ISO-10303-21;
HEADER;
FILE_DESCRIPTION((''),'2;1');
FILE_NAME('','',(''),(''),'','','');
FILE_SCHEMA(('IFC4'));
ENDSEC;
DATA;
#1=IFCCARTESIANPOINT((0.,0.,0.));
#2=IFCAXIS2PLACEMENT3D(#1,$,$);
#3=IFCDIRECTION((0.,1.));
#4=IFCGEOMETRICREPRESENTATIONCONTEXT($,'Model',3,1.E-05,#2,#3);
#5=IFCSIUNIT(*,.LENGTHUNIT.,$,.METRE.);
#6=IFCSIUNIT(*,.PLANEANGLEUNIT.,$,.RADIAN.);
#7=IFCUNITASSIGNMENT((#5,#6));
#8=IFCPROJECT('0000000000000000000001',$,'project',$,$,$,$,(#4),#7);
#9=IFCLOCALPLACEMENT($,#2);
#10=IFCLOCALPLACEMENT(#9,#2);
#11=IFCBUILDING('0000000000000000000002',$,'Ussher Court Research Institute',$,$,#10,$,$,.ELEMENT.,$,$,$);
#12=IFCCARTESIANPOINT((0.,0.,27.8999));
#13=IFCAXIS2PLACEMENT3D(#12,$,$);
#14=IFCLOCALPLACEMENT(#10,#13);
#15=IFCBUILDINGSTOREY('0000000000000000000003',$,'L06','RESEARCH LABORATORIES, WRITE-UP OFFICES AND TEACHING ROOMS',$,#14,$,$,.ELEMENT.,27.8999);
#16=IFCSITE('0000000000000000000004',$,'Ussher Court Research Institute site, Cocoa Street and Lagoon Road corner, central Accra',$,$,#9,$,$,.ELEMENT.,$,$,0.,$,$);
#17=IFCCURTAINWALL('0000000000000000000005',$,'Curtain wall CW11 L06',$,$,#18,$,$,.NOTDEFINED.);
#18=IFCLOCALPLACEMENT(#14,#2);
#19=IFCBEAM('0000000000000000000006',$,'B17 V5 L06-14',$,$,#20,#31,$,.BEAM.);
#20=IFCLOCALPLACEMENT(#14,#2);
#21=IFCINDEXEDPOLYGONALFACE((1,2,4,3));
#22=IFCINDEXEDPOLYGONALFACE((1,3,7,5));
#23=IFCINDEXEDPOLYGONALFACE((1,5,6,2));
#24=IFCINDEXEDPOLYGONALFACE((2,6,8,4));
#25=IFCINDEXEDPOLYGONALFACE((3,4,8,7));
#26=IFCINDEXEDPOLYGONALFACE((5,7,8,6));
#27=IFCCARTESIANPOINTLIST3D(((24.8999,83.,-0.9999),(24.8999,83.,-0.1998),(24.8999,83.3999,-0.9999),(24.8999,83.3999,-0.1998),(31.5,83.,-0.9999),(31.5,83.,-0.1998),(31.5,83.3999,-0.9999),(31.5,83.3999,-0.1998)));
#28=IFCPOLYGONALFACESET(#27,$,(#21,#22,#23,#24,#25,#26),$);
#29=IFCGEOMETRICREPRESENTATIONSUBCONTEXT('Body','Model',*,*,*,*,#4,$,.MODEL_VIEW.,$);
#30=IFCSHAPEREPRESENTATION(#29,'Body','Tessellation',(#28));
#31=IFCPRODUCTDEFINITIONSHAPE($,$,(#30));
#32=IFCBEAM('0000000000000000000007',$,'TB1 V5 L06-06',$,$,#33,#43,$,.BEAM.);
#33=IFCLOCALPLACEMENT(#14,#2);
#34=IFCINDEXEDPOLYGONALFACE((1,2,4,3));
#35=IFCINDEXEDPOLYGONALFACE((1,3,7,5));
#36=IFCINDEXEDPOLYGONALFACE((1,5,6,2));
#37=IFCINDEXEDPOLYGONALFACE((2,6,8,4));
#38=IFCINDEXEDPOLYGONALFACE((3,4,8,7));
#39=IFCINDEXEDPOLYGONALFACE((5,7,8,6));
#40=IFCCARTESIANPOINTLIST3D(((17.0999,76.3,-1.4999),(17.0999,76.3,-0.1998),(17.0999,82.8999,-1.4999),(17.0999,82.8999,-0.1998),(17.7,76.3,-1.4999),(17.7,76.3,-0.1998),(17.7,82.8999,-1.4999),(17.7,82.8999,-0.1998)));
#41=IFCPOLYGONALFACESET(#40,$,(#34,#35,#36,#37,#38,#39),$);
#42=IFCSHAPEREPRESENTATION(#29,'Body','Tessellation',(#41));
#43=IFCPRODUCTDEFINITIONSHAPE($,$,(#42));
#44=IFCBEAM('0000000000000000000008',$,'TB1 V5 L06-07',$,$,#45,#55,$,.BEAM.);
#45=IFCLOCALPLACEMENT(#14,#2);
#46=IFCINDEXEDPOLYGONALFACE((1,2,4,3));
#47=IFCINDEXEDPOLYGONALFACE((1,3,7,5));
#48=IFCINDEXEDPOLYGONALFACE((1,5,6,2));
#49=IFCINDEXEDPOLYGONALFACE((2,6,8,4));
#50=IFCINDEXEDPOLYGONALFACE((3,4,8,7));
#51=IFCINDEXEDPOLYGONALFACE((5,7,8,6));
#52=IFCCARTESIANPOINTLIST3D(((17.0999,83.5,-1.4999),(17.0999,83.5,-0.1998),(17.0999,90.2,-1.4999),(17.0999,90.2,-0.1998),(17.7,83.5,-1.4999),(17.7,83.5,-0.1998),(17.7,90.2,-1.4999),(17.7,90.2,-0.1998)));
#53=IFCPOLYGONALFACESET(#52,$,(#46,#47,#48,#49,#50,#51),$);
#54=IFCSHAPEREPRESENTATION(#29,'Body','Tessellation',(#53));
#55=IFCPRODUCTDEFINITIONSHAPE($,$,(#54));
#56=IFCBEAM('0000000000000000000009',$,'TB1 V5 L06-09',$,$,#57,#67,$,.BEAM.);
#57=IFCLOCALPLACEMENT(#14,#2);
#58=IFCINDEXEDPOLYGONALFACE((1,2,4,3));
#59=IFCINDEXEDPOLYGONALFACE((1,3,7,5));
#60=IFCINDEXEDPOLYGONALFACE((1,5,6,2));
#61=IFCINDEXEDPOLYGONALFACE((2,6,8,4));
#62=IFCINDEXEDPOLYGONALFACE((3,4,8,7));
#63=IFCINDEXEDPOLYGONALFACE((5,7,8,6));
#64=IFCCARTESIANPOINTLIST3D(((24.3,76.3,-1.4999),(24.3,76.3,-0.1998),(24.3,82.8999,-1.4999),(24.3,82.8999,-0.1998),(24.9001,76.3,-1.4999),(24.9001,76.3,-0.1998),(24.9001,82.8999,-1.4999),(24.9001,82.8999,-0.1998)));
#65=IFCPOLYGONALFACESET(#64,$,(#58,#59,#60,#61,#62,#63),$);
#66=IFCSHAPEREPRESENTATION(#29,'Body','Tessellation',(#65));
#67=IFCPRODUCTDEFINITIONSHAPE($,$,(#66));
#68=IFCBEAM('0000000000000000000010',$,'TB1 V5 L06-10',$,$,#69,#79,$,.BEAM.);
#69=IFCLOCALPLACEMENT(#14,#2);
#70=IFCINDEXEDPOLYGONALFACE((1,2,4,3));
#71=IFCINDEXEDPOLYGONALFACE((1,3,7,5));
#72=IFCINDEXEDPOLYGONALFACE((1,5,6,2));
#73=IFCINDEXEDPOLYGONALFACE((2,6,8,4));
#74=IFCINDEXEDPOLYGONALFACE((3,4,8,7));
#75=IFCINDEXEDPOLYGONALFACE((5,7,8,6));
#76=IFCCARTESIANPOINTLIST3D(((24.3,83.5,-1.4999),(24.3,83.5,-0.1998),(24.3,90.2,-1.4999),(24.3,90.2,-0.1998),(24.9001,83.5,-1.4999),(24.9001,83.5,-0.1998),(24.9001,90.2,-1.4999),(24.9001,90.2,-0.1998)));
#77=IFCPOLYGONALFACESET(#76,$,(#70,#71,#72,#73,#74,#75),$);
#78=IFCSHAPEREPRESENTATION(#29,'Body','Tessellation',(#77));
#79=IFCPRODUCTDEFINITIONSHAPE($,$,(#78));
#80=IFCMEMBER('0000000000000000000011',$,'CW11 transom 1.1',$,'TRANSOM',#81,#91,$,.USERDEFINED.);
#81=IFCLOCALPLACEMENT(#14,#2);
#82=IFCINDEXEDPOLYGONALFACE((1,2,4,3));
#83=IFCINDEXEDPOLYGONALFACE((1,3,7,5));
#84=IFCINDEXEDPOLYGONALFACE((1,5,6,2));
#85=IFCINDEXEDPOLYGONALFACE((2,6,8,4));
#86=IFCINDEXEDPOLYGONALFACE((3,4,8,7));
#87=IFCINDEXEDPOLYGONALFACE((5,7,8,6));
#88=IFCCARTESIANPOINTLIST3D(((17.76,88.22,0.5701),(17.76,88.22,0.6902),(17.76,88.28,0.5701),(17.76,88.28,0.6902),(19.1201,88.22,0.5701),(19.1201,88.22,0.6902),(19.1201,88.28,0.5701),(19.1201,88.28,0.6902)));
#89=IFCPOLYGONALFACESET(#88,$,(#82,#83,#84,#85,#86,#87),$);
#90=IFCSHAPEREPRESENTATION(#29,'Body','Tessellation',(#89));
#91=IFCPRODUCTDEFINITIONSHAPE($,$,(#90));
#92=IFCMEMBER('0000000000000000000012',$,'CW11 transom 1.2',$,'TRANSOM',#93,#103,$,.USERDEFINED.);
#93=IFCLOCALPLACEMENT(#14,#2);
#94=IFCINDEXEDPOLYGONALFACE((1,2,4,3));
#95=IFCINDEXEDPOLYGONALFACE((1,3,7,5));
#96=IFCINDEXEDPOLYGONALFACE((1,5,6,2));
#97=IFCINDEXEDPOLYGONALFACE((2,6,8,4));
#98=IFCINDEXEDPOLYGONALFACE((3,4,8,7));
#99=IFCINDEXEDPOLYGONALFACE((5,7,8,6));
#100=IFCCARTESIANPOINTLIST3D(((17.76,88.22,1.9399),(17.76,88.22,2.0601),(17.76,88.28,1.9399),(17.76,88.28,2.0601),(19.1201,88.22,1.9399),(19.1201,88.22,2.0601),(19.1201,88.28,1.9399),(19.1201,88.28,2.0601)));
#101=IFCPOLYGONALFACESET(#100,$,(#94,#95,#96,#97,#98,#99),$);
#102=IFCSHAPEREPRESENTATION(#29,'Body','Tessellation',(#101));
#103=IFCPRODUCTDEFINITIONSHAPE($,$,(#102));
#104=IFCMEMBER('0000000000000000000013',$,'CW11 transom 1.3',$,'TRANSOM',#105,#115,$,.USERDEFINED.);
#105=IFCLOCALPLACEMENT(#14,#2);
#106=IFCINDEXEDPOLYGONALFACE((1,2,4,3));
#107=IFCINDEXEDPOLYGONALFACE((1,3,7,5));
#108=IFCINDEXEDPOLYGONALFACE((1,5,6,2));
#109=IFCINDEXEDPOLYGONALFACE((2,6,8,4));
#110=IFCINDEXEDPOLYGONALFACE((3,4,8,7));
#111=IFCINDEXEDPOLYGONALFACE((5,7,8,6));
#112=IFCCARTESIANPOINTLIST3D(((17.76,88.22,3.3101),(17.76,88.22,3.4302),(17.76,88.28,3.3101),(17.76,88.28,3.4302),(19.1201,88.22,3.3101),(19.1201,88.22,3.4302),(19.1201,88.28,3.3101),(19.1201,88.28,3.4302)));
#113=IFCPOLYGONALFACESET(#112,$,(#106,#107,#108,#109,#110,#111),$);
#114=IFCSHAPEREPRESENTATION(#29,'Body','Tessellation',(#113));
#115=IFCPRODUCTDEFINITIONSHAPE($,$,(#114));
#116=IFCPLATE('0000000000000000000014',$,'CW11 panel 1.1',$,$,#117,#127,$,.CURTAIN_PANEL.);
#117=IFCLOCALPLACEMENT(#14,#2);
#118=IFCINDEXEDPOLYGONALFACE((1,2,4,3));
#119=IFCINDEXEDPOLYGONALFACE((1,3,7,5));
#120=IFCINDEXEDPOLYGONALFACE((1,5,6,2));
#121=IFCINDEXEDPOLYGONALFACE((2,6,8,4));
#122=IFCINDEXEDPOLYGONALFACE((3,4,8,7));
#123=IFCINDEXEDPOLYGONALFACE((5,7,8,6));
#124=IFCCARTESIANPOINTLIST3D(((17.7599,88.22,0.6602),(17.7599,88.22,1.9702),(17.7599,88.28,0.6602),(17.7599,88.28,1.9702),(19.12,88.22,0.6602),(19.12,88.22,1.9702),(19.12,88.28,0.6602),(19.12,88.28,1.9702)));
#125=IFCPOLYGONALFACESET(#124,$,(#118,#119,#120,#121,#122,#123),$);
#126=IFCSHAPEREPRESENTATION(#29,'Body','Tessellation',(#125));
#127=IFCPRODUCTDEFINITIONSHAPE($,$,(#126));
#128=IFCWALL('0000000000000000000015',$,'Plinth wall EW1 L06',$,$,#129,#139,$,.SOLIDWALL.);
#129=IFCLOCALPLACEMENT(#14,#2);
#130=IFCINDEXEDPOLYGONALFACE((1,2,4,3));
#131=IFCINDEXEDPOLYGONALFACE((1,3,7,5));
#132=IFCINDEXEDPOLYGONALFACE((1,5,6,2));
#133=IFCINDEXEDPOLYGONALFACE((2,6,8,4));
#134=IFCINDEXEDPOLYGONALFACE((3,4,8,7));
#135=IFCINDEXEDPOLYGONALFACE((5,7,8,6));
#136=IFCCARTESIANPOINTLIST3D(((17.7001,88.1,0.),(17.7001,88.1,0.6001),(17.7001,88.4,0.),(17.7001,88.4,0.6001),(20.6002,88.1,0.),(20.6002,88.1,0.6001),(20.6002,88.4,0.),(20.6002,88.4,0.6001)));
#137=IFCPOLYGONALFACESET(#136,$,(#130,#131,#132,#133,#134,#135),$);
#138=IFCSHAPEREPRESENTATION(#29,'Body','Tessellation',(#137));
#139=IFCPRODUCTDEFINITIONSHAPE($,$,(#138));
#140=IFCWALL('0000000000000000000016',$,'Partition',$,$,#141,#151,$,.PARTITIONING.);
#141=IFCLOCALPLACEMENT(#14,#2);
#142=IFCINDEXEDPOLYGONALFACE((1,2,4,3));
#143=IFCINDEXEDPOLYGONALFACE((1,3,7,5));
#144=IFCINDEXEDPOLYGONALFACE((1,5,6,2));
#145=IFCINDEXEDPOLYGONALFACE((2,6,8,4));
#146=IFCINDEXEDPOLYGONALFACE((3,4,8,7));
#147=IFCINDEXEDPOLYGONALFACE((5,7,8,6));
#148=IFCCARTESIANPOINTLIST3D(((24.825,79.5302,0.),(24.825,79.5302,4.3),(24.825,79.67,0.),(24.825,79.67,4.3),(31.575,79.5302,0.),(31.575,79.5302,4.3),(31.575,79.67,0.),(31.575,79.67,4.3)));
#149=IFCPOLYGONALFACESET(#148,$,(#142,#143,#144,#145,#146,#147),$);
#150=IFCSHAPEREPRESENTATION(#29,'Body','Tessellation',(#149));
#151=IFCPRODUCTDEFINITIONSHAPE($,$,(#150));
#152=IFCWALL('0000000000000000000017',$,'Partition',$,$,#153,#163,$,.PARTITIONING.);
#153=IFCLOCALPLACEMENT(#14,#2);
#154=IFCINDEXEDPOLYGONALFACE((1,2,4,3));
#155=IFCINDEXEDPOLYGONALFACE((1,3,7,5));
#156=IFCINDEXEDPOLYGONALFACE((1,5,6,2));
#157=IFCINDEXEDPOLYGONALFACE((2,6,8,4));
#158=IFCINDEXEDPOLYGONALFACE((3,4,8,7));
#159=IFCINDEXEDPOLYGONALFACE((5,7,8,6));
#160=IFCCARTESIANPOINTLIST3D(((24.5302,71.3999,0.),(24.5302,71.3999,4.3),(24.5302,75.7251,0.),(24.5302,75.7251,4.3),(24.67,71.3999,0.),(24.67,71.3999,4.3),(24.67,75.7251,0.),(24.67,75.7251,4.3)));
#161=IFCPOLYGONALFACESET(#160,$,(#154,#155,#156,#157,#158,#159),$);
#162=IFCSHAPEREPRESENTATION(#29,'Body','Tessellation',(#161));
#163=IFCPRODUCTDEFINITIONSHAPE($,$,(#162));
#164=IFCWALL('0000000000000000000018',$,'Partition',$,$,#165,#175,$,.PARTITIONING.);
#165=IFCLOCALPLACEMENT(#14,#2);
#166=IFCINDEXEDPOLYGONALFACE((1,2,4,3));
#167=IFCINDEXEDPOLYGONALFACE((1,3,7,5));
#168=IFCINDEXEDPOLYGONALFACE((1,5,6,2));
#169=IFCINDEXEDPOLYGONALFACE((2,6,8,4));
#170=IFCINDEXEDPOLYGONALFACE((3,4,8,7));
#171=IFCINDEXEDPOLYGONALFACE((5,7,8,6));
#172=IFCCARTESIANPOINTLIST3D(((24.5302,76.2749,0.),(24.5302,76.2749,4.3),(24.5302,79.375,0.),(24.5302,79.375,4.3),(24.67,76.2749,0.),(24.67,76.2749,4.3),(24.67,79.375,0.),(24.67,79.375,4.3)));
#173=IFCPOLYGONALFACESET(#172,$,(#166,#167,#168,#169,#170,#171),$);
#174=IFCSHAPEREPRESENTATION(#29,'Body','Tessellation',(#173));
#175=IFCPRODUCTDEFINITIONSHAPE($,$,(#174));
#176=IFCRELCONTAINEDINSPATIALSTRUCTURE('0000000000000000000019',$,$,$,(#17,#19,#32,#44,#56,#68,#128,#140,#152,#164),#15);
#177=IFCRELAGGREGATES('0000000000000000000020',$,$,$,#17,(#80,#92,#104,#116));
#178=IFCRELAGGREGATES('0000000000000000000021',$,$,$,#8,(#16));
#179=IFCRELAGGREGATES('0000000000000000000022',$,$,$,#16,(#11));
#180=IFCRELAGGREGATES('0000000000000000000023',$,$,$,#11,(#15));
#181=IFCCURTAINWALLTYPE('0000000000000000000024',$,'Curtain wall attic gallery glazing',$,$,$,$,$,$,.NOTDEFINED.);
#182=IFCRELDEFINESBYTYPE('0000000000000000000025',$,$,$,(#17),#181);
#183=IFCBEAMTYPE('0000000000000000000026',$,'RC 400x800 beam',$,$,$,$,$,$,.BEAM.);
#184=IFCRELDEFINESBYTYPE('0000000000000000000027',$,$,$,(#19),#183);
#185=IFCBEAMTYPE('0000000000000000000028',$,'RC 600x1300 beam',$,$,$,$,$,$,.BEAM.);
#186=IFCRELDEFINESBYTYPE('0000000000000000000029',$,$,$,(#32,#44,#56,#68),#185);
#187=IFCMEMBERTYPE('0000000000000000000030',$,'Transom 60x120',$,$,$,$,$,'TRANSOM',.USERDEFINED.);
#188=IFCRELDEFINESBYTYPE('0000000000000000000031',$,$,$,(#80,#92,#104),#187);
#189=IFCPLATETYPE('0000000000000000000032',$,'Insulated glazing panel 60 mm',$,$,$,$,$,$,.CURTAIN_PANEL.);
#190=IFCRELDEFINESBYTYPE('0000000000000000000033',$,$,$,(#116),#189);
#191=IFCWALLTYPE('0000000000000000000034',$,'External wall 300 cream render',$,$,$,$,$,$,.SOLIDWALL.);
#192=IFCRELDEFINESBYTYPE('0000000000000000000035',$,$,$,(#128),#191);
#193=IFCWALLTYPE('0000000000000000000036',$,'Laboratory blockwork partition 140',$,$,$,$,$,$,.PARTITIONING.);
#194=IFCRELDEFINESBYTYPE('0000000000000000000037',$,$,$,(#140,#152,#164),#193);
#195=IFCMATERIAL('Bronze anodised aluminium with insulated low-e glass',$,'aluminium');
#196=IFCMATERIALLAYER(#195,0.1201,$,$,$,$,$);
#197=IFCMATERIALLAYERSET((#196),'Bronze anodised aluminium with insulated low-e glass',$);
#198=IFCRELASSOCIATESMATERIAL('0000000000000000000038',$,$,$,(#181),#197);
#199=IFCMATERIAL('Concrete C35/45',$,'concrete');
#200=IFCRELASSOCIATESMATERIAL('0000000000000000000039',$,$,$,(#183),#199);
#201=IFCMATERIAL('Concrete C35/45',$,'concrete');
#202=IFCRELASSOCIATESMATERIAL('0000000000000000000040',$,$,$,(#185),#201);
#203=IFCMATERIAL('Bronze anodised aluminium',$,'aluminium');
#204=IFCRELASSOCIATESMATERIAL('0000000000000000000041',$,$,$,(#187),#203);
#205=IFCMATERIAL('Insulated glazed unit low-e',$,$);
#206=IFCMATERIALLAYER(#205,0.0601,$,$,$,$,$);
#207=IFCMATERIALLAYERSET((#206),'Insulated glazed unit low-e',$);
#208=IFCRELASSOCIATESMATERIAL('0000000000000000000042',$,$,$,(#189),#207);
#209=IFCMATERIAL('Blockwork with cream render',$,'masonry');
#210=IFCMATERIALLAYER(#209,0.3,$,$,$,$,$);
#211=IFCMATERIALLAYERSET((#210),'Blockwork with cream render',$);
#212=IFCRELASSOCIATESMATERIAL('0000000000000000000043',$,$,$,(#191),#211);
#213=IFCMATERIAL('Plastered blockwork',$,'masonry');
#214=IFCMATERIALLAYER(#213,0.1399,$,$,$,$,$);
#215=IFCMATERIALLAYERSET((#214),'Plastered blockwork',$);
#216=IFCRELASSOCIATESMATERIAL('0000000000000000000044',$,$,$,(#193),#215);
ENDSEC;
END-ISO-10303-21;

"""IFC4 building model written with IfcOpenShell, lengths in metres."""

from ifc_helpers import new_model, si_unit, direction, frame, frame_2d, origin, origin_2d, place, context, subcontext, project, spatial, rectangle, extrude, material, layer, layer_set, material_profile, profile_set, type_object, element, aggregate, save


model = new_model("IFC4")

# Units and contexts
model_context = context("Model", 3, precision=1e-05, world=origin(), true_north=direction((0.0, 1.0)))
body_context = subcontext(model_context, "Body", "Model", "MODEL_VIEW")
ifc_project = project(units=[si_unit("LENGTHUNIT", "METRE"), si_unit("PLANEANGLEUNIT", "RADIAN")], contexts=[model_context])

# Site, building, storey
site_placement = place(None, origin())
site = spatial("IfcSite", under=ifc_project, at=site_placement, Name="Ussher Court Research Institute site, Cocoa Street and Lagoon Road corner, central Accra", CompositionType="ELEMENT", RefElevation=0.0)
building_placement = place(site_placement, origin())
building = spatial("IfcBuilding", under=site, at=building_placement, Name="Ussher Court Research Institute", CompositionType="ELEMENT")
storey_placement = place(building_placement, frame((0.0, 0.0, 27.8999)))
storey = spatial("IfcBuildingStorey", under=building, at=storey_placement, Name="L06", Description="RESEARCH LABORATORIES, WRITE-UP OFFICES AND TEACHING ROOMS", CompositionType="ELEMENT", Elevation=27.8999)

# Curtain wall
ifc_material_1 = material(Name="Bronze anodised aluminium with insulated low-e glass", Category="aluminium")
ifc_layer_1 = layer(ifc_material_1, 0.1201)
ifc_layer_set_1 = layer_set([ifc_layer_1], Name="Bronze anodised aluminium with insulated low-e glass")
curtain_wall_type = type_object("IfcCurtainWallType", Name="Curtain wall attic gallery glazing", PredefinedType="NOTDEFINED", material=ifc_layer_set_1)
curtain_wall_placement = place(storey_placement, origin())
curtain_wall = element("IfcCurtainWall", 1, at=curtain_wall_placement, inside=storey, type_object=curtain_wall_type, Name="Curtain wall CW11 L06", PredefinedType="NOTDEFINED")

# Beams
ifc_material_2 = material(Name="Concrete C35/45", Category="concrete")
ifc_material_profile_1 = material_profile(ifc_material_2, rectangle(XDim=0.3999, YDim=0.8, at=origin_2d()), Name="RC 400x800")
ifc_profile_set_1 = profile_set([ifc_material_profile_1], Name="Concrete C35/45")
beam_type_1 = type_object("IfcBeamType", Name="RC 400x800 beam", PredefinedType="BEAM", material=ifc_profile_set_1)
for number, where, z_axis, x_axis, name in (
    (2, (24.8999, 83.2, -0.5999), (1.0, 0.0, 0.0), (0.0, 1.0, 0.0), "B17 V5 L06-14"),
):
    element("IfcBeam", number, at=place(storey_placement, frame(where, z_axis=z_axis, x_axis=x_axis)), inside=storey, type_object=beam_type_1, Name=name, PredefinedType="BEAM", context=body_context, shape_type="SweptSolid", body=[
        extrude(rectangle(XDim=0.3999, YDim=0.8, at=origin_2d()), origin(), (0.0, 0.0, 1.0), 6.6001),
    ])
ifc_material_3 = material(Name="Concrete C35/45", Category="concrete")
ifc_material_profile_2 = material_profile(ifc_material_3, rectangle(XDim=0.6001, YDim=1.3, at=origin_2d()), Name="RC 600x1300")
ifc_profile_set_2 = profile_set([ifc_material_profile_2], Name="Concrete C35/45")
beam_type_2 = type_object("IfcBeamType", Name="RC 600x1300 beam", PredefinedType="BEAM", material=ifc_profile_set_2)
beam_1_placement = place(storey_placement, frame((17.3999, 76.3, -0.8499), z_axis=(0.0, 1.0, 0.0), x_axis=(-1.0, 0.0, 0.0)))
element("IfcBeam", 3, at=beam_1_placement, inside=storey, type_object=beam_type_2, Name="TB1 V5 L06-06", PredefinedType="BEAM", context=body_context, shape_type="SweptSolid", body=[
    extrude(rectangle(XDim=0.6001, YDim=1.3, at=origin_2d()), origin(), (0.0, 0.0, 1.0), 6.5999),
])
beam_2_placement = place(storey_placement, frame((17.3999, 83.5, -0.8499), z_axis=(0.0, 1.0, 0.0), x_axis=(-1.0, 0.0, 0.0)))
element("IfcBeam", 4, at=beam_2_placement, inside=storey, type_object=beam_type_2, Name="TB1 V5 L06-07", PredefinedType="BEAM", context=body_context, shape_type="SweptSolid", body=[
    extrude(rectangle(XDim=0.6001, YDim=1.3, at=origin_2d()), origin(), (0.0, 0.0, 1.0), 6.7),
])
beam_3_placement = place(storey_placement, frame((24.6001, 76.3, -0.8499), z_axis=(0.0, 1.0, 0.0), x_axis=(-1.0, 0.0, 0.0)))
element("IfcBeam", 5, at=beam_3_placement, inside=storey, type_object=beam_type_2, Name="TB1 V5 L06-09", PredefinedType="BEAM", context=body_context, shape_type="SweptSolid", body=[
    extrude(rectangle(XDim=0.6001, YDim=1.3, at=origin_2d()), origin(), (0.0, 0.0, 1.0), 6.5999),
])
beam_4_placement = place(storey_placement, frame((24.6001, 83.5, -0.8499), z_axis=(0.0, 1.0, 0.0), x_axis=(-1.0, 0.0, 0.0)))
element("IfcBeam", 6, at=beam_4_placement, inside=storey, type_object=beam_type_2, Name="TB1 V5 L06-10", PredefinedType="BEAM", context=body_context, shape_type="SweptSolid", body=[
    extrude(rectangle(XDim=0.6001, YDim=1.3, at=origin_2d()), origin(), (0.0, 0.0, 1.0), 6.7),
])

# Members
ifc_material_4 = material(Name="Bronze anodised aluminium", Category="aluminium")
ifc_material_profile_3 = material_profile(ifc_material_4, rectangle(XDim=0.0601, YDim=0.1201, at=origin_2d()), Name="Transom 60x120")
ifc_profile_set_3 = profile_set([ifc_material_profile_3], Name="Bronze anodised aluminium")
member_type_1 = type_object("IfcMemberType", Name="Transom 60x120", ElementType="TRANSOM", PredefinedType="USERDEFINED", material=ifc_profile_set_3)
member_1_placement = place(storey_placement, frame((17.76, 88.25, 0.6301), z_axis=(1.0, 0.0, 0.0), x_axis=(0.0, 1.0, 0.0)))
member_1 = element("IfcMember", 7, at=member_1_placement, type_object=member_type_1, Name="CW11 transom 1.1", ObjectType="TRANSOM", PredefinedType="USERDEFINED", context=body_context, shape_type="SweptSolid", body=[
    extrude(rectangle(XDim=0.0601, YDim=0.1201, at=origin_2d()), origin(), (0.0, 0.0, 1.0), 1.3601),
])
member_2_placement = place(storey_placement, frame((17.76, 88.25, 2.0), z_axis=(1.0, 0.0, 0.0), x_axis=(0.0, 1.0, 0.0)))
member_2 = element("IfcMember", 8, at=member_2_placement, type_object=member_type_1, Name="CW11 transom 1.2", ObjectType="TRANSOM", PredefinedType="USERDEFINED", context=body_context, shape_type="SweptSolid", body=[
    extrude(rectangle(XDim=0.0601, YDim=0.1201, at=origin_2d()), origin(), (0.0, 0.0, 1.0), 1.3601),
])
member_3_placement = place(storey_placement, frame((17.76, 88.25, 3.3701), z_axis=(1.0, 0.0, 0.0), x_axis=(0.0, 1.0, 0.0)))
member_3 = element("IfcMember", 9, at=member_3_placement, type_object=member_type_1, Name="CW11 transom 1.3", ObjectType="TRANSOM", PredefinedType="USERDEFINED", context=body_context, shape_type="SweptSolid", body=[
    extrude(rectangle(XDim=0.0601, YDim=0.1201, at=origin_2d()), origin(), (0.0, 0.0, 1.0), 1.3601),
])

# Plate
ifc_material_5 = material(Name="Insulated glazed unit low-e")
ifc_layer_2 = layer(ifc_material_5, 0.0601)
ifc_layer_set_2 = layer_set([ifc_layer_2], Name="Insulated glazed unit low-e")
plate_type = type_object("IfcPlateType", Name="Insulated glazing panel 60 mm", PredefinedType="CURTAIN_PANEL", material=ifc_layer_set_2)
plate_placement = place(storey_placement, frame((18.4399, 88.25, 0.6602), z_axis=(0.0, 0.0, 1.0), x_axis=(1.0, 0.0, 0.0)))
plate = element("IfcPlate", 10, at=plate_placement, type_object=plate_type, Name="CW11 panel 1.1", PredefinedType="CURTAIN_PANEL", context=body_context, shape_type="SweptSolid", body=[
    extrude(rectangle(XDim=1.3601, YDim=0.0601, at=origin_2d()), origin(), (0.0, 0.0, 1.0), 1.3101),
])
aggregate(curtain_wall, [member_1, member_2, member_3, plate])

# Walls
ifc_material_6 = material(Name="Blockwork with cream render", Category="masonry")
ifc_layer_3 = layer(ifc_material_6, 0.3)
ifc_layer_set_3 = layer_set([ifc_layer_3], Name="Blockwork with cream render")
wall_type_1 = type_object("IfcWallType", Name="External wall 300 cream render", PredefinedType="SOLIDWALL", material=ifc_layer_set_3)
wall_1_placement = place(storey_placement, frame((17.7, 88.25, 0.0), z_axis=(0.0, 0.0, 1.0), x_axis=(1.0, 0.0, 0.0)))
element("IfcWall", 11, at=wall_1_placement, inside=storey, type_object=wall_type_1, Name="Plinth wall EW1 L06", PredefinedType="SOLIDWALL", context=body_context, shape_type="SweptSolid", body=[
    extrude(rectangle(XDim=2.9001, YDim=0.3, at=frame_2d((1.4502, 0.0))), origin(), (0.0, 0.0, 1.0), 0.6001),
])
ifc_material_7 = material(Name="Plastered blockwork", Category="masonry")
ifc_layer_4 = layer(ifc_material_7, 0.1399)
ifc_layer_set_4 = layer_set([ifc_layer_4], Name="Plastered blockwork")
wall_type_2 = type_object("IfcWallType", Name="Laboratory blockwork partition 140", PredefinedType="PARTITIONING", material=ifc_layer_set_4)
wall_2_placement = place(storey_placement, frame((24.825, 79.6001, 0.0), z_axis=(0.0, 0.0, 1.0), x_axis=(1.0, 0.0, 0.0)))
element("IfcWall", 12, at=wall_2_placement, inside=storey, type_object=wall_type_2, Name="Partition", PredefinedType="PARTITIONING", context=body_context, shape_type="SweptSolid", body=[
    extrude(rectangle(XDim=6.75, YDim=0.1399, at=frame_2d((3.375, 0.0))), origin(), (0.0, 0.0, 1.0), 4.3),
])
wall_3_placement = place(storey_placement, frame((24.6001, 71.3999, 0.0), z_axis=(0.0, 0.0, 1.0), x_axis=(0.0, 1.0, 0.0)))
element("IfcWall", 13, at=wall_3_placement, inside=storey, type_object=wall_type_2, Name="Partition", PredefinedType="PARTITIONING", context=body_context, shape_type="SweptSolid", body=[
    extrude(rectangle(XDim=4.3252, YDim=0.1399, at=frame_2d((2.1626, 0.0))), origin(), (0.0, 0.0, 1.0), 4.3),
])
wall_4_placement = place(storey_placement, frame((24.6001, 76.2749, 0.0), z_axis=(0.0, 0.0, 1.0), x_axis=(0.0, 1.0, 0.0)))
element("IfcWall", 14, at=wall_4_placement, inside=storey, type_object=wall_type_2, Name="Partition", PredefinedType="PARTITIONING", context=body_context, shape_type="SweptSolid", body=[
    extrude(rectangle(XDim=3.1001, YDim=0.1399, at=frame_2d((1.55, 0.0))), origin(), (0.0, 0.0, 1.0), 4.3),
])

save(model, "model.ifc")
